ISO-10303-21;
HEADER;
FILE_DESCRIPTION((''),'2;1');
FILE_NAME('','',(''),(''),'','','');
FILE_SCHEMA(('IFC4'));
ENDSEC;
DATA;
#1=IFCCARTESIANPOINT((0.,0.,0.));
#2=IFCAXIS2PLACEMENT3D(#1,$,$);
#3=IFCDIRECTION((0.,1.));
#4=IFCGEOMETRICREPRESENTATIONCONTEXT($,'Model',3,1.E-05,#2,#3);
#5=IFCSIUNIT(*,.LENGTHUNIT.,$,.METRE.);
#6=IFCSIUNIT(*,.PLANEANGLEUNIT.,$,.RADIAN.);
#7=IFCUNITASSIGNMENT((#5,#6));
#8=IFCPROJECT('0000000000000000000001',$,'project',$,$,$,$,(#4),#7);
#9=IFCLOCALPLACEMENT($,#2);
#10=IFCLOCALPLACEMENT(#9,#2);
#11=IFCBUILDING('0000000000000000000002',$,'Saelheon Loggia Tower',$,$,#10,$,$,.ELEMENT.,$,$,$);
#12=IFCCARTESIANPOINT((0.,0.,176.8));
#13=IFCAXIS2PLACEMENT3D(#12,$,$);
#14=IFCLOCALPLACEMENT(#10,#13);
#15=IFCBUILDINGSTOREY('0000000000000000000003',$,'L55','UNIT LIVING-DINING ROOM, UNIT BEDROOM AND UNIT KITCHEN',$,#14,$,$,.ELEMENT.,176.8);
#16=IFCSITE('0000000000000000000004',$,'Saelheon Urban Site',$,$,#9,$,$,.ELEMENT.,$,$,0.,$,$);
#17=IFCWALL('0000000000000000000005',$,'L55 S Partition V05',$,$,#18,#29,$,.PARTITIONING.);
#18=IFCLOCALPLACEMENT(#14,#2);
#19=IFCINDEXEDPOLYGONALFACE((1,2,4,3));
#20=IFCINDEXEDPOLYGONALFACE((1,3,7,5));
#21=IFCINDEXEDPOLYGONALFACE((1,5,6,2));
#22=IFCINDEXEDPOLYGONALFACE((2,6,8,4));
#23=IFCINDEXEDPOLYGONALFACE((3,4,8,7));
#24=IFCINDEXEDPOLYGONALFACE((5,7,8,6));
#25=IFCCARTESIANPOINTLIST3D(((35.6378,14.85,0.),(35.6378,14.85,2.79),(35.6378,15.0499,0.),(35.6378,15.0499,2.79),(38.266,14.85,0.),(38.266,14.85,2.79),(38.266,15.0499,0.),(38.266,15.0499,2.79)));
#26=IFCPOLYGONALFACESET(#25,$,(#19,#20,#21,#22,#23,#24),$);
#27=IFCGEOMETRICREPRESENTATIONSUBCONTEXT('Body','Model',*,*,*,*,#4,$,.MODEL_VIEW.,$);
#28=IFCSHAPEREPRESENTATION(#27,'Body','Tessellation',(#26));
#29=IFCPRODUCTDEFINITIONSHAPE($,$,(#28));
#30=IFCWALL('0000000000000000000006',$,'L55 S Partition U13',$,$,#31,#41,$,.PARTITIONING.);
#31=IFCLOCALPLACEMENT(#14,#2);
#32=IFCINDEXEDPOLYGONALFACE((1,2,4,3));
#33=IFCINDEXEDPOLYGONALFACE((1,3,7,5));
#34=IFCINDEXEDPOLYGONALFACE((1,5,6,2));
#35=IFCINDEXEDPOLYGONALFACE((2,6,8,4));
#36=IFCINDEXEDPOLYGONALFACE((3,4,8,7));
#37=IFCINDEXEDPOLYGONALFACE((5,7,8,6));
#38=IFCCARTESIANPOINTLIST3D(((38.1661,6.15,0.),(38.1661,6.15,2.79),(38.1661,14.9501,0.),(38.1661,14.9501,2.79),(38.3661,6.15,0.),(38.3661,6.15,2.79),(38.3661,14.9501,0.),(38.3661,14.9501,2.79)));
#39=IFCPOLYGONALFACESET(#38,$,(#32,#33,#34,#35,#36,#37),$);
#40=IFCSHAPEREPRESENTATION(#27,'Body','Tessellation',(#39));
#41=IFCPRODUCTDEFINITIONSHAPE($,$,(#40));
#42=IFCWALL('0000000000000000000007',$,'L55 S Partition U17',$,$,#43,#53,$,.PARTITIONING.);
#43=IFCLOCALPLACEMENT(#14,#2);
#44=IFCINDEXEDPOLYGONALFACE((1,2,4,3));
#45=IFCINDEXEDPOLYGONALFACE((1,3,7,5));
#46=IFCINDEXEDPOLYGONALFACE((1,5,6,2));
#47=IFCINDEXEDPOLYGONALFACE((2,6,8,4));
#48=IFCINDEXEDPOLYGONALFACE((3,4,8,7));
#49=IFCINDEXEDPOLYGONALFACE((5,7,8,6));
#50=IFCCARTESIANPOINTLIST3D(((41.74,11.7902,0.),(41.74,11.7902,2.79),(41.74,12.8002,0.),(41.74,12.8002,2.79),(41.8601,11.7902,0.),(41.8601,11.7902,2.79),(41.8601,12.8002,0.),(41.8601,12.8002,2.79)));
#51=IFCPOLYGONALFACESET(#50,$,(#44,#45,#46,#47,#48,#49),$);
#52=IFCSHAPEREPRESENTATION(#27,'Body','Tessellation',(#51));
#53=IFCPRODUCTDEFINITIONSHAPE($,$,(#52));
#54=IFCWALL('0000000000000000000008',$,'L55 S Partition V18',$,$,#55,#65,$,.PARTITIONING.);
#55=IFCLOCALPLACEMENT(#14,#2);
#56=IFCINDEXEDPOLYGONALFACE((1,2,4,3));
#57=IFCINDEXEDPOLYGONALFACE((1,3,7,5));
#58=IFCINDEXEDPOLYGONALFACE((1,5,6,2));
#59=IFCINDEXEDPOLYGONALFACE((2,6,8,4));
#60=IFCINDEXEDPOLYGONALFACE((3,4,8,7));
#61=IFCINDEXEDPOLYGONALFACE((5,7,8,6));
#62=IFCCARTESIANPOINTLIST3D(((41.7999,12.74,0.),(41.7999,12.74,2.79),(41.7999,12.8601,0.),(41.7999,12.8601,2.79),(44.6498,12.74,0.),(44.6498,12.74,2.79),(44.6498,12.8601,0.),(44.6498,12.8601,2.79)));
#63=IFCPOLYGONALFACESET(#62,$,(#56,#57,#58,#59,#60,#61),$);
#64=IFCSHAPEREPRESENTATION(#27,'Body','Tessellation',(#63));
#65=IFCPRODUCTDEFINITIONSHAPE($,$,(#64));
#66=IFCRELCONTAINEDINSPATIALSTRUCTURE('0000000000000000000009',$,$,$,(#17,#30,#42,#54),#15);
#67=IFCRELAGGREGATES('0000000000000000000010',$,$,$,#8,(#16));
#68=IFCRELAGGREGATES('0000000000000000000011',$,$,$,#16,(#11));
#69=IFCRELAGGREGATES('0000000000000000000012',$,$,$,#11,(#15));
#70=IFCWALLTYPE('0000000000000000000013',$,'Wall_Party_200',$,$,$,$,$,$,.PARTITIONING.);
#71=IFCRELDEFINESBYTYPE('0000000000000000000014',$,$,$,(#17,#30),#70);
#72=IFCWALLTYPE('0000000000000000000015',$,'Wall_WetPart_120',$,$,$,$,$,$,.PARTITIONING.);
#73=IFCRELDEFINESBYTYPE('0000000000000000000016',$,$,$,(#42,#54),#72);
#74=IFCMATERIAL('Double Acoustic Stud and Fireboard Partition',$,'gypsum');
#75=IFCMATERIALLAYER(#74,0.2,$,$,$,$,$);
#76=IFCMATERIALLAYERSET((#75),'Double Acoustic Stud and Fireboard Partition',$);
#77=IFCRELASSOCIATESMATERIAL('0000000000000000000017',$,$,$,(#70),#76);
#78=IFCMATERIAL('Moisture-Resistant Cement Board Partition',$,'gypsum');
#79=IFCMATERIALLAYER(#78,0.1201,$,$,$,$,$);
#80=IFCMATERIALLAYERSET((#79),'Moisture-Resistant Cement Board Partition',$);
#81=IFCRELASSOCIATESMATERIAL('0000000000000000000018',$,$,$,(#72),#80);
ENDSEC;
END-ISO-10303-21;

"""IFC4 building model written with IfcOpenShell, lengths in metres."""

from ifc_helpers import new_model, si_unit, direction, frame, frame_2d, origin, place, context, subcontext, project, spatial, rectangle, extrude, material, layer, layer_set, type_object, element, save


model = new_model("IFC4")

# Units and contexts
model_context = context("Model", 3, precision=1e-05, world=origin(), true_north=direction((0.0, 1.0)))
body_context = subcontext(model_context, "Body", "Model", "MODEL_VIEW")
ifc_project = project(units=[si_unit("LENGTHUNIT", "METRE"), si_unit("PLANEANGLEUNIT", "RADIAN")], contexts=[model_context])

# Site, building, storey
site_placement = place(None, origin())
site = spatial("IfcSite", under=ifc_project, at=site_placement, Name="Saelheon Urban Site", CompositionType="ELEMENT", RefElevation=0.0)
building_placement = place(site_placement, origin())
building = spatial("IfcBuilding", under=site, at=building_placement, Name="Saelheon Loggia Tower", CompositionType="ELEMENT")
storey_placement = place(building_placement, frame((0.0, 0.0, 176.8)))
storey = spatial("IfcBuildingStorey", under=building, at=storey_placement, Name="L55", Description="UNIT LIVING-DINING ROOM, UNIT BEDROOM AND UNIT KITCHEN", CompositionType="ELEMENT", Elevation=176.8)

# Walls
ifc_material_1 = material(Name="Double Acoustic Stud and Fireboard Partition", Category="gypsum")
ifc_layer_1 = layer(ifc_material_1, 0.2)
ifc_layer_set_1 = layer_set([ifc_layer_1], Name="Double Acoustic Stud and Fireboard Partition")
wall_type_1 = type_object("IfcWallType", Name="Wall_Party_200", PredefinedType="PARTITIONING", material=ifc_layer_set_1)
wall_1_placement = place(storey_placement, frame((35.6379, 14.95, 0.0), z_axis=(0.0, 0.0, 1.0), x_axis=(1.0, 0.0, 0.0)))
element("IfcWall", 1, at=wall_1_placement, inside=storey, type_object=wall_type_1, Name="L55 S Partition V05", PredefinedType="PARTITIONING", context=body_context, shape_type="SweptSolid", body=[
    extrude(rectangle(XDim=2.6282, YDim=0.2, at=frame_2d((1.314, 0.0))), origin(), (0.0, 0.0, 1.0), 2.79),
])
wall_2_placement = place(storey_placement, frame((38.2661, 14.95, 0.0), z_axis=(0.0, 0.0, 1.0), x_axis=(0.0, -1.0, 0.0)))
element("IfcWall", 2, at=wall_2_placement, inside=storey, type_object=wall_type_1, Name="L55 S Partition U13", PredefinedType="PARTITIONING", context=body_context, shape_type="SweptSolid", body=[
    extrude(rectangle(XDim=8.8, YDim=0.2, at=frame_2d((4.3999, 0.0))), origin(), (0.0, 0.0, 1.0), 2.79),
])

# Walls
ifc_material_2 = material(Name="Moisture-Resistant Cement Board Partition", Category="gypsum")
ifc_layer_2 = layer(ifc_material_2, 0.1201)
ifc_layer_set_2 = layer_set([ifc_layer_2], Name="Moisture-Resistant Cement Board Partition")
wall_type_2 = type_object("IfcWallType", Name="Wall_WetPart_120", PredefinedType="PARTITIONING", material=ifc_layer_set_2)
wall_3_placement = place(storey_placement, frame((41.8, 12.8, 0.0), z_axis=(0.0, 0.0, 1.0), x_axis=(0.0, -1.0, 0.0)))
element("IfcWall", 3, at=wall_3_placement, inside=storey, type_object=wall_type_2, Name="L55 S Partition U17", PredefinedType="PARTITIONING", context=body_context, shape_type="SweptSolid", body=[
    extrude(rectangle(XDim=1.01, YDim=0.1201, at=frame_2d((0.5049, 0.0))), origin(), (0.0, 0.0, 1.0), 2.79),
])
wall_4_placement = place(storey_placement, frame((41.8, 12.8, 0.0), z_axis=(0.0, 0.0, 1.0), x_axis=(1.0, 0.0, 0.0)))
element("IfcWall", 4, at=wall_4_placement, inside=storey, type_object=wall_type_2, Name="L55 S Partition V18", PredefinedType="PARTITIONING", context=body_context, shape_type="SweptSolid", body=[
    extrude(rectangle(XDim=2.8499, YDim=0.1201, at=frame_2d((1.4248, 0.0))), origin(), (0.0, 0.0, 1.0), 2.79),
])

save(model, "model.ifc")
